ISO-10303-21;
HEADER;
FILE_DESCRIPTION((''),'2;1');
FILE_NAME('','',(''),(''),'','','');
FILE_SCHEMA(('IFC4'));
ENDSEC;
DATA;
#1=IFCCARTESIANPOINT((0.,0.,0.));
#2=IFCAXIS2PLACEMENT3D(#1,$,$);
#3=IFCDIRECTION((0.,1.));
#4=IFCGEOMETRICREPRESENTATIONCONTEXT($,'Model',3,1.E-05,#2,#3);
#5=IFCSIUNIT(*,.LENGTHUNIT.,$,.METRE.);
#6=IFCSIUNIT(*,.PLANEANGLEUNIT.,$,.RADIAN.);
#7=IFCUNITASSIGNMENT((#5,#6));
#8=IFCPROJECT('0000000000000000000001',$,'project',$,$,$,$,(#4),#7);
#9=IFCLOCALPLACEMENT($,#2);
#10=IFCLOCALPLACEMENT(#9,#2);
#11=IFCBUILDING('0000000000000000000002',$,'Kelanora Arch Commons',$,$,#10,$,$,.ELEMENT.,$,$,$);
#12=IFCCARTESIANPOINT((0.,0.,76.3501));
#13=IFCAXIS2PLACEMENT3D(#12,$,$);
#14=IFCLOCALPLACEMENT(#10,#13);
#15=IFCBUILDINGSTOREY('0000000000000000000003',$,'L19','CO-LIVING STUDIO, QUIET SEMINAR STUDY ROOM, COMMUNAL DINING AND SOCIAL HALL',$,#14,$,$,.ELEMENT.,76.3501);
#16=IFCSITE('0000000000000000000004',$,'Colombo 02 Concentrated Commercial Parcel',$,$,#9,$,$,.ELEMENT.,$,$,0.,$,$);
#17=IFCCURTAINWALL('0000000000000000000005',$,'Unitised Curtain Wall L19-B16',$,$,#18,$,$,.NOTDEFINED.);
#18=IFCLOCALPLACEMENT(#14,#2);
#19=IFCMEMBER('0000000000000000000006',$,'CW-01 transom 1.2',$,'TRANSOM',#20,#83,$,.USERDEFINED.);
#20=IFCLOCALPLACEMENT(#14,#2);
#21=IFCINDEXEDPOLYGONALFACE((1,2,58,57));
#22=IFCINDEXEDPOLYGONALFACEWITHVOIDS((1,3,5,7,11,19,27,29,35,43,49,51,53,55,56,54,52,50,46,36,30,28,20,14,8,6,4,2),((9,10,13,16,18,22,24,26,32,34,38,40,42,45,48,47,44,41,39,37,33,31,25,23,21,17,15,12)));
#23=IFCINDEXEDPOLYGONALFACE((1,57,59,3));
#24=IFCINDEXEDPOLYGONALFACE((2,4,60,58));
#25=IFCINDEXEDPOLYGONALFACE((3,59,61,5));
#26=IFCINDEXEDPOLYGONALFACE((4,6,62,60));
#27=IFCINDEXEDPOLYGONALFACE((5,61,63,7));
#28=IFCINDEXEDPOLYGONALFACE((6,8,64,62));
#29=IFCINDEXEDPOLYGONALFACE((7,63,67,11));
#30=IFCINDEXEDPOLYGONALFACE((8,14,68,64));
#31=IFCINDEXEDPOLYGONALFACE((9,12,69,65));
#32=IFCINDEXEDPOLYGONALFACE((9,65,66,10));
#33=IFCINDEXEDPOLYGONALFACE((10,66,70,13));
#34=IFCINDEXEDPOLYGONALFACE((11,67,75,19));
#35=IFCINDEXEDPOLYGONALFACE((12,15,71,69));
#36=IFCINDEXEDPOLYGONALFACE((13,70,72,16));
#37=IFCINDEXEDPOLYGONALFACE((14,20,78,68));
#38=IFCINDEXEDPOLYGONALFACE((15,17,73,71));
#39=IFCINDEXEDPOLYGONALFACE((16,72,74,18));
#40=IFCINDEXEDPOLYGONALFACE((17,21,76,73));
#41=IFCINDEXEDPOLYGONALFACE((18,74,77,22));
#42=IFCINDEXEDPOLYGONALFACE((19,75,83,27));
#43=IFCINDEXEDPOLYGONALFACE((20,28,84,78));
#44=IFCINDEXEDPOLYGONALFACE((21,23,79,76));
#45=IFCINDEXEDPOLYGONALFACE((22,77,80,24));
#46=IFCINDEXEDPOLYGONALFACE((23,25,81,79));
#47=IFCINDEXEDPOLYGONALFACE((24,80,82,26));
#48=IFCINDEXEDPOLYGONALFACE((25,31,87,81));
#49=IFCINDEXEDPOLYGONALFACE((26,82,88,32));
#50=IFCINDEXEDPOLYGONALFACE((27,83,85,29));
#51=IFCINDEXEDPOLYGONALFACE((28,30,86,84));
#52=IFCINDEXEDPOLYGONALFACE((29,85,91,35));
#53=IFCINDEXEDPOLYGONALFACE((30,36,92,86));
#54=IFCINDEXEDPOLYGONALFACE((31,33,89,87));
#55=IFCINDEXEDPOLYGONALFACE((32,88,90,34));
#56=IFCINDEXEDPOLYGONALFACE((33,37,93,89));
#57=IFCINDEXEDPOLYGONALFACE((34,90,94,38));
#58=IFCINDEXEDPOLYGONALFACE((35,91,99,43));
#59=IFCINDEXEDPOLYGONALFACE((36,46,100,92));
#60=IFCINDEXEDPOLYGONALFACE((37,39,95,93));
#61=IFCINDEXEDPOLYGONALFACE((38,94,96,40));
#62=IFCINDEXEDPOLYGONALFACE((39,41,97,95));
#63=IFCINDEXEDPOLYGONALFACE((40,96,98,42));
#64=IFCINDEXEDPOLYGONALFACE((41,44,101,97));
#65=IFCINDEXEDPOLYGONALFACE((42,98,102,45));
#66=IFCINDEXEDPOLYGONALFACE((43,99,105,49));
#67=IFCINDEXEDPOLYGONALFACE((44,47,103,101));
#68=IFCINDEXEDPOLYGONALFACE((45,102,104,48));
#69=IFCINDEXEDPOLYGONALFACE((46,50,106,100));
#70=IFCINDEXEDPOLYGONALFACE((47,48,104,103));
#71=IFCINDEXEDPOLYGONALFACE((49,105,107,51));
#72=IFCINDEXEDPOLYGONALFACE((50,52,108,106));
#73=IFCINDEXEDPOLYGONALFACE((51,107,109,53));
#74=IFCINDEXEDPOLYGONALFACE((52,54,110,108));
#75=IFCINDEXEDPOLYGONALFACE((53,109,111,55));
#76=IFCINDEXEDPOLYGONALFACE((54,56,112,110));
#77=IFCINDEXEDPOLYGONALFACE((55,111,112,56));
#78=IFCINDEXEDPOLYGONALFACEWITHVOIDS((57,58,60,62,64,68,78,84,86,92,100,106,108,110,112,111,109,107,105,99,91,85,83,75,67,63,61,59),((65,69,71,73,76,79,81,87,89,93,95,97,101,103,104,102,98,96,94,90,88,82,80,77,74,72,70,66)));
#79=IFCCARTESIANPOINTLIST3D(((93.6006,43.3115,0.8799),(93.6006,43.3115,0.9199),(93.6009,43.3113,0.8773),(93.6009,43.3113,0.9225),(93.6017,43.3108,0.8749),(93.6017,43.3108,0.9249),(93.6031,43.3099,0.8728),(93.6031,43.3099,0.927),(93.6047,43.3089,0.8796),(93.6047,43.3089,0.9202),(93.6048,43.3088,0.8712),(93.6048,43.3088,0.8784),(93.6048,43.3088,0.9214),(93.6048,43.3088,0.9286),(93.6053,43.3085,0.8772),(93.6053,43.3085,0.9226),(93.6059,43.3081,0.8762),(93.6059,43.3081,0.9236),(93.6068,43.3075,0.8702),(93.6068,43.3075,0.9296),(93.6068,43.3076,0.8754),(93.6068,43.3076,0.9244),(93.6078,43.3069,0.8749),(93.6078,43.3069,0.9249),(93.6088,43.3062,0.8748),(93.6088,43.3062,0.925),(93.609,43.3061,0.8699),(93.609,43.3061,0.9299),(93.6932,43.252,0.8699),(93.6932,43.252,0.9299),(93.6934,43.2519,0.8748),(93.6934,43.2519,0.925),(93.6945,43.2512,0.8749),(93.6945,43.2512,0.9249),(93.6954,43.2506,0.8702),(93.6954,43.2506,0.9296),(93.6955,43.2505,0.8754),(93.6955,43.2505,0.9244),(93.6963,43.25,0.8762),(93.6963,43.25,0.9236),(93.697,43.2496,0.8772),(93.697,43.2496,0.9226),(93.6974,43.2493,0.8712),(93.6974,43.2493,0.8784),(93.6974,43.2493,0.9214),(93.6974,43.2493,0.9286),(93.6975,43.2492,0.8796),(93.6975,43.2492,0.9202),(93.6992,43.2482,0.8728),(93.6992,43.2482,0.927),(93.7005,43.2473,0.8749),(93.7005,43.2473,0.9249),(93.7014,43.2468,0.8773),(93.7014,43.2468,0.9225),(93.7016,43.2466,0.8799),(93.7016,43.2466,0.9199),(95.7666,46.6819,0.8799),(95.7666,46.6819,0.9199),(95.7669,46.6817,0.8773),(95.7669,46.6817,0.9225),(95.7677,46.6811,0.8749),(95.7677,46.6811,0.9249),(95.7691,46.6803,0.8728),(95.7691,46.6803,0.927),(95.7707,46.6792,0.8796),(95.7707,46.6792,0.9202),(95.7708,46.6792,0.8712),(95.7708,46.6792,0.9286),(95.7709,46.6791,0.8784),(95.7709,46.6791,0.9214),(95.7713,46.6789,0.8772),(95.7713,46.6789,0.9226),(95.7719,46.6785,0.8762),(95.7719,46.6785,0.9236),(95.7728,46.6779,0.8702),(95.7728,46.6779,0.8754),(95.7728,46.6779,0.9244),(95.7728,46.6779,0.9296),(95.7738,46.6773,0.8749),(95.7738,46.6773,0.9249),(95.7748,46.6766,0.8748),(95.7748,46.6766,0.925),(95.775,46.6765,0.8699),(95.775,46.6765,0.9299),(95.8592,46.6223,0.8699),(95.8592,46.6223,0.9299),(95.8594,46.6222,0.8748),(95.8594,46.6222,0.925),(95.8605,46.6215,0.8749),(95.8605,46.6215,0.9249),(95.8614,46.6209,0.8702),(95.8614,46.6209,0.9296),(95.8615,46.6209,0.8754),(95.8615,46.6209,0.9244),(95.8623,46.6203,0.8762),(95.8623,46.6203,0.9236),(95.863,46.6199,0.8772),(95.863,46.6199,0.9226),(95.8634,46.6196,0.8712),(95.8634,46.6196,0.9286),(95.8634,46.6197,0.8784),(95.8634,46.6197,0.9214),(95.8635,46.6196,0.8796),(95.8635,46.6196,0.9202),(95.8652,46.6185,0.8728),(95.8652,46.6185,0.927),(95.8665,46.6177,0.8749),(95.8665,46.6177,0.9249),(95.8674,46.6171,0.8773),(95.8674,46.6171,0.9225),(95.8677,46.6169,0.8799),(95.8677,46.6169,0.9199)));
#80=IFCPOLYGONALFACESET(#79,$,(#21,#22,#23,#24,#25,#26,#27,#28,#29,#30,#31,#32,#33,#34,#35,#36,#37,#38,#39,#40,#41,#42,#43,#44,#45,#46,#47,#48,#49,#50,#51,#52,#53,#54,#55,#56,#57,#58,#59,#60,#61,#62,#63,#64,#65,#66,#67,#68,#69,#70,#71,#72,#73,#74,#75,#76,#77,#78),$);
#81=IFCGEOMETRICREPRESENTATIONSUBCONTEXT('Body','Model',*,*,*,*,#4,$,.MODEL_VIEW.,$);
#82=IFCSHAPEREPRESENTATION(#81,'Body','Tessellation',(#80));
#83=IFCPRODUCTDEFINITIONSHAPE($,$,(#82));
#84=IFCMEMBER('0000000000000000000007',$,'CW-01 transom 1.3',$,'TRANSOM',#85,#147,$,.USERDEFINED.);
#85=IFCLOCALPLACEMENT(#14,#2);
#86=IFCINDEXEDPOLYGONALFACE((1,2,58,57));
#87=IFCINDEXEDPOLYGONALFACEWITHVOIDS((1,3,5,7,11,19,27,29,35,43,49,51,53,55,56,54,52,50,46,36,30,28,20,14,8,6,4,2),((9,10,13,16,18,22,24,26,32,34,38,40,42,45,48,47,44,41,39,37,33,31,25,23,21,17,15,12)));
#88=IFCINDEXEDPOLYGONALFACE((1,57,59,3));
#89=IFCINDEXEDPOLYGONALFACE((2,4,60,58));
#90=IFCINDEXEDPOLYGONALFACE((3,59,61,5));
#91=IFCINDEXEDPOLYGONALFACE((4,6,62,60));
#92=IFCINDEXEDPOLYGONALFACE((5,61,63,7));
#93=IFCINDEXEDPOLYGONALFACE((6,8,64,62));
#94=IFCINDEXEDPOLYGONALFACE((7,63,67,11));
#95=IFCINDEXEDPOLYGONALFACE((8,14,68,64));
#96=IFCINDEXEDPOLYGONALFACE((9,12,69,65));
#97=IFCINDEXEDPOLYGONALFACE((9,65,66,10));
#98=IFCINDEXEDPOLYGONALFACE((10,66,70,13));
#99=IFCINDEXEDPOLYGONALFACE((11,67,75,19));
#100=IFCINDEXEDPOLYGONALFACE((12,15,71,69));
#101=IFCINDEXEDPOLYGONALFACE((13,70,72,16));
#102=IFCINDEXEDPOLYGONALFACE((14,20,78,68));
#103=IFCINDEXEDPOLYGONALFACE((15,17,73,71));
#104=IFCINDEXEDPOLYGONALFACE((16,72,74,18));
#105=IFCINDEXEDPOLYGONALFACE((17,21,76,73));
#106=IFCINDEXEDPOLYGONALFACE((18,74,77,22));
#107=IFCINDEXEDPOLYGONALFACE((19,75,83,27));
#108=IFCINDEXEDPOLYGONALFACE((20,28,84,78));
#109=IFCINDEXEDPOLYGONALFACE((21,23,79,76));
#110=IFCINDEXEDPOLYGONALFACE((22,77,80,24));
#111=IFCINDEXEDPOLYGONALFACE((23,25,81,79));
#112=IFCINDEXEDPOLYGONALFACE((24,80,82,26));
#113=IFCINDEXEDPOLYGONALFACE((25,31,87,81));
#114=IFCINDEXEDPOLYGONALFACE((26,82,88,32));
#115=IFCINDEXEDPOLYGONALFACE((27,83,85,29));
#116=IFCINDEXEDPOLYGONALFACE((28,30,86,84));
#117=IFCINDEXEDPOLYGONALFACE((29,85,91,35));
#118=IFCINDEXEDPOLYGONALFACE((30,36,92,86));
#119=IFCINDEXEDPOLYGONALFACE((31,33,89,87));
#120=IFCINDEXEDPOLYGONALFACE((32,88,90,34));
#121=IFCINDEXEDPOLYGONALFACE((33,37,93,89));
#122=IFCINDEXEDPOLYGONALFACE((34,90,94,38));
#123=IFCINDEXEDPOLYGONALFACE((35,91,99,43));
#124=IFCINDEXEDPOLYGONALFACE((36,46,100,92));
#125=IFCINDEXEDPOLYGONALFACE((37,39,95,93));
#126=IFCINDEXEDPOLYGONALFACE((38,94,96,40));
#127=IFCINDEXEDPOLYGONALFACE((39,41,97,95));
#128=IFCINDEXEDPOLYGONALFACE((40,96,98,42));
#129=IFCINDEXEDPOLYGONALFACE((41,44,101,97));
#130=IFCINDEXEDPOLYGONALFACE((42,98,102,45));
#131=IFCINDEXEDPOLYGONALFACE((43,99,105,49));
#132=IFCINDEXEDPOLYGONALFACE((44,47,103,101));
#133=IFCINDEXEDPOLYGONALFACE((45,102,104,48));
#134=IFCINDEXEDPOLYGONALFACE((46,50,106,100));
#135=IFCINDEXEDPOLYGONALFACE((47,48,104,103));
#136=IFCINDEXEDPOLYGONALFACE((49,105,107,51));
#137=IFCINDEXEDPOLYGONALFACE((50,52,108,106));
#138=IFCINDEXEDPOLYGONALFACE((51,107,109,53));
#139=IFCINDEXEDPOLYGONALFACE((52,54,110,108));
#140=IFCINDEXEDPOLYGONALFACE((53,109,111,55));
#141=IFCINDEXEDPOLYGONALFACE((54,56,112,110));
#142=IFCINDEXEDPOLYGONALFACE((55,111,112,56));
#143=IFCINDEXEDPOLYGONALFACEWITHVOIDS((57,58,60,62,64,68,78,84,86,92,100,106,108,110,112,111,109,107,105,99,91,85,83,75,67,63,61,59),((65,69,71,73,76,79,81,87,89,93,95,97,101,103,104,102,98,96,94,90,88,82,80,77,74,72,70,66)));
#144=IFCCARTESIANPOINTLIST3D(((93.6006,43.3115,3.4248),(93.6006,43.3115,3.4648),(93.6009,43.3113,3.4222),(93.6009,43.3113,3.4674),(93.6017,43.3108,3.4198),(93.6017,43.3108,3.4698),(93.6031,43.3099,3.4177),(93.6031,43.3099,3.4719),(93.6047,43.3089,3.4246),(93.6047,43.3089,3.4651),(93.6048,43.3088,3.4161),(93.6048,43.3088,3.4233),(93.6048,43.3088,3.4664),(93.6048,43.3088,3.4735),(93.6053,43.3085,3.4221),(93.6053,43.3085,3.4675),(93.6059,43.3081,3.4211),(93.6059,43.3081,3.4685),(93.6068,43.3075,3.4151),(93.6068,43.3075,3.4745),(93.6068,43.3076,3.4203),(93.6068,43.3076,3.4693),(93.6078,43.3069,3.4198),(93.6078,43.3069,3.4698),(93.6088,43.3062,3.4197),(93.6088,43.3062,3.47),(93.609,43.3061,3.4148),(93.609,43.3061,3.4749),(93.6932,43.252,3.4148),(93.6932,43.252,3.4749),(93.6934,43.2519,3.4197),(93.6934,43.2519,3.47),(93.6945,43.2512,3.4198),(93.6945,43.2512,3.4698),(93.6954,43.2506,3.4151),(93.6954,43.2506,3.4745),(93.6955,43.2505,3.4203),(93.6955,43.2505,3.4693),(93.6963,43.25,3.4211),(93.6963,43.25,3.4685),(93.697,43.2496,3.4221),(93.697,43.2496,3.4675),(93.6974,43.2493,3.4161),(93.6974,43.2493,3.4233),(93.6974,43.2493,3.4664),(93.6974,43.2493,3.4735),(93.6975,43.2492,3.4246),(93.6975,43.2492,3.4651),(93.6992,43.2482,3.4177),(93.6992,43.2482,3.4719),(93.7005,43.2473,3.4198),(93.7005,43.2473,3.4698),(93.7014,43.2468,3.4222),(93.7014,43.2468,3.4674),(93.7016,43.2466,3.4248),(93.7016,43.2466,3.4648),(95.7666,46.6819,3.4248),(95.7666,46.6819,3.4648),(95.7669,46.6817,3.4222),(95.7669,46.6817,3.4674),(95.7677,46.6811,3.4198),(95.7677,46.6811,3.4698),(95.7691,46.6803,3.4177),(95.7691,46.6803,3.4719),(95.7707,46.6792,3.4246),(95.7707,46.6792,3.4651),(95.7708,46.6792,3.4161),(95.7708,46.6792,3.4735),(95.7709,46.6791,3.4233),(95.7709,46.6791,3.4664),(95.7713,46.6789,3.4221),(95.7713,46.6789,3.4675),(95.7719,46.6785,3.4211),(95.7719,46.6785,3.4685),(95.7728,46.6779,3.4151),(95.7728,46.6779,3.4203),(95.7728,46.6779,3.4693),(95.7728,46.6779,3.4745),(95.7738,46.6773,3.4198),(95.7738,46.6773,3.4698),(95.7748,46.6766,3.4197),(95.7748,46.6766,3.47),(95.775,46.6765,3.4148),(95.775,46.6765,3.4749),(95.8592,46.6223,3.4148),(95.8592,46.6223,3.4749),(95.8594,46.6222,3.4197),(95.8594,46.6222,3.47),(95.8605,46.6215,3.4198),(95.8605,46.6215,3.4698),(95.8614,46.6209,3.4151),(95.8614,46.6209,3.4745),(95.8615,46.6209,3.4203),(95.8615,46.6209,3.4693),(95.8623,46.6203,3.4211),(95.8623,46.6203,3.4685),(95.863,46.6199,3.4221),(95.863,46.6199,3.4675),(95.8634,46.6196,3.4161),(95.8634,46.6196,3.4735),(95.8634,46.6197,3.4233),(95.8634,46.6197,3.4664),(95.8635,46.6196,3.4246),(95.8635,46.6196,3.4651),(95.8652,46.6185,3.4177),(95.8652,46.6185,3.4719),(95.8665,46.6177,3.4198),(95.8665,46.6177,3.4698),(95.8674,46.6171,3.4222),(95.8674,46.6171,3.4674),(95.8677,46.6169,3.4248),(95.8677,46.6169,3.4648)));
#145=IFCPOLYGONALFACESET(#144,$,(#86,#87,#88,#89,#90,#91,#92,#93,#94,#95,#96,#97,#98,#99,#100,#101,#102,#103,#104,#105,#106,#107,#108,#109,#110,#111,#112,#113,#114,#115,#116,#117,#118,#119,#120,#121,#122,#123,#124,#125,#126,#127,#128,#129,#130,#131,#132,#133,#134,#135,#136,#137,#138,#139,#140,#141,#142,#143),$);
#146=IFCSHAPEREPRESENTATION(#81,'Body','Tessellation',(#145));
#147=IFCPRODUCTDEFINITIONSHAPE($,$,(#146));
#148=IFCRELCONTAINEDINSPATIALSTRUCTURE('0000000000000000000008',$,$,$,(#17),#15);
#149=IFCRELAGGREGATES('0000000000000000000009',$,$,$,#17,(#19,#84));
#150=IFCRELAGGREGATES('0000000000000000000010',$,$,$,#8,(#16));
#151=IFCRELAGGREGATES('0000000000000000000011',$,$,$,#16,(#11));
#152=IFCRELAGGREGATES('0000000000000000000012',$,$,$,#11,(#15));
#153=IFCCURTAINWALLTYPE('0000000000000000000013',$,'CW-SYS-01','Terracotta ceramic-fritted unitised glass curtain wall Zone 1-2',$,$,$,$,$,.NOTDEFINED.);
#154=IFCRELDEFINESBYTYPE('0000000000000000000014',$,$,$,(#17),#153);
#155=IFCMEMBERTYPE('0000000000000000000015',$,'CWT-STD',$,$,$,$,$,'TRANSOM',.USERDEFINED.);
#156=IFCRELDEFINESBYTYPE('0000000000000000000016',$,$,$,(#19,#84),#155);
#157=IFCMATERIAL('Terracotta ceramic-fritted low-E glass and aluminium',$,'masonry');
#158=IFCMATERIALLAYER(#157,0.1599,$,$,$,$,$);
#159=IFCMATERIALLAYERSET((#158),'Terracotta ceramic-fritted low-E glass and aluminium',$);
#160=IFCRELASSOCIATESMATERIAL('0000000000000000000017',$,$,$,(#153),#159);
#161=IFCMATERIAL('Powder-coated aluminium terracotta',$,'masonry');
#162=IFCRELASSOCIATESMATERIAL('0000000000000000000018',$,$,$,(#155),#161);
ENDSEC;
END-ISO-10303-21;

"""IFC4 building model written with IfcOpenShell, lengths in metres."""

from ifc_helpers import new_model, si_unit, direction, frame, origin, origin_2d, place, context, subcontext, project, spatial, hollow_rectangle, extrude, material, layer, layer_set, material_profile, profile_set, type_object, element, aggregate, save


model = new_model("IFC4")

# Units and contexts
model_context = context("Model", 3, precision=1e-05, world=origin(), true_north=direction((0.0, 1.0)))
body_context = subcontext(model_context, "Body", "Model", "MODEL_VIEW")
ifc_project = project(units=[si_unit("LENGTHUNIT", "METRE"), si_unit("PLANEANGLEUNIT", "RADIAN")], contexts=[model_context])

# Site, building, storey
site_placement = place(None, origin())
site = spatial("IfcSite", under=ifc_project, at=site_placement, Name="Colombo 02 Concentrated Commercial Parcel", CompositionType="ELEMENT", RefElevation=0.0)
building_placement = place(site_placement, origin())
building = spatial("IfcBuilding", under=site, at=building_placement, Name="Kelanora Arch Commons", CompositionType="ELEMENT")
storey_placement = place(building_placement, frame((0.0, 0.0, 76.3501)))
storey = spatial("IfcBuildingStorey", under=building, at=storey_placement, Name="L19", Description="CO-LIVING STUDIO, QUIET SEMINAR STUDY ROOM, COMMUNAL DINING AND SOCIAL HALL", CompositionType="ELEMENT", Elevation=76.3501)

# Shared definitions
ifc_material_1 = material(Name="Terracotta ceramic-fritted low-E glass and aluminium", Category="masonry")
ifc_layer_1 = layer(ifc_material_1, 0.1599)
ifc_layer_set_1 = layer_set([ifc_layer_1], Name="Terracotta ceramic-fritted low-E glass and aluminium")
curtain_wall_type = type_object("IfcCurtainWallType", Name="CW-SYS-01", Description="Terracotta ceramic-fritted unitised glass curtain wall Zone 1-2", PredefinedType="NOTDEFINED", material=ifc_layer_set_1)
ifc_material_2 = material(Name="Powder-coated aluminium terracotta", Category="masonry")

# Curtain wall, members
curtain_wall_1_placement = place(storey_placement, origin())
curtain_wall_1 = element("IfcCurtainWall", 1, at=curtain_wall_1_placement, inside=storey, type_object=curtain_wall_type, Name="Unitised Curtain Wall L19-B16", PredefinedType="NOTDEFINED")
ifc_material_profile_1 = material_profile(ifc_material_2, hollow_rectangle(XDim=0.1201, YDim=0.0601, WallThickness=0.0049, InnerFilletRadius=0.0049, OuterFilletRadius=0.01, at=origin_2d()), Name="CWT120x60")
ifc_profile_set_1 = profile_set([ifc_material_profile_1], Name="Powder-coated aluminium terracotta")
member_type_1 = type_object("IfcMemberType", Name="CWT-STD", ElementType="TRANSOM", PredefinedType="USERDEFINED", material=ifc_profile_set_1)
member_1_placement = place(storey_placement, frame((93.6511, 43.2791, 0.8999), z_axis=(0.540644, 0.841252, 0.0), x_axis=(-0.841252, 0.540644, 0.0)))
member_1 = element("IfcMember", 2, at=member_1_placement, type_object=member_type_1, Name="CW-01 transom 1.2", ObjectType="TRANSOM", PredefinedType="USERDEFINED", context=body_context, shape_type="SweptSolid", body=[
    extrude(hollow_rectangle(XDim=0.1201, YDim=0.0601, WallThickness=0.0049, InnerFilletRadius=0.0049, OuterFilletRadius=0.01, at=origin_2d()), origin(), (0.0, 0.0, 1.0), 4.0063),
])
member_2_placement = place(storey_placement, frame((93.6511, 43.2791, 3.4448), z_axis=(0.540644, 0.841252, 0.0), x_axis=(-0.841252, 0.540644, 0.0)))
member_2 = element("IfcMember", 3, at=member_2_placement, type_object=member_type_1, Name="CW-01 transom 1.3", ObjectType="TRANSOM", PredefinedType="USERDEFINED", context=body_context, shape_type="SweptSolid", body=[
    extrude(hollow_rectangle(XDim=0.1201, YDim=0.0601, WallThickness=0.0049, InnerFilletRadius=0.0049, OuterFilletRadius=0.01, at=origin_2d()), origin(), (0.0, 0.0, 1.0), 4.0063),
])
aggregate(curtain_wall_1, [member_1, member_2])

save(model, "model.ifc")
